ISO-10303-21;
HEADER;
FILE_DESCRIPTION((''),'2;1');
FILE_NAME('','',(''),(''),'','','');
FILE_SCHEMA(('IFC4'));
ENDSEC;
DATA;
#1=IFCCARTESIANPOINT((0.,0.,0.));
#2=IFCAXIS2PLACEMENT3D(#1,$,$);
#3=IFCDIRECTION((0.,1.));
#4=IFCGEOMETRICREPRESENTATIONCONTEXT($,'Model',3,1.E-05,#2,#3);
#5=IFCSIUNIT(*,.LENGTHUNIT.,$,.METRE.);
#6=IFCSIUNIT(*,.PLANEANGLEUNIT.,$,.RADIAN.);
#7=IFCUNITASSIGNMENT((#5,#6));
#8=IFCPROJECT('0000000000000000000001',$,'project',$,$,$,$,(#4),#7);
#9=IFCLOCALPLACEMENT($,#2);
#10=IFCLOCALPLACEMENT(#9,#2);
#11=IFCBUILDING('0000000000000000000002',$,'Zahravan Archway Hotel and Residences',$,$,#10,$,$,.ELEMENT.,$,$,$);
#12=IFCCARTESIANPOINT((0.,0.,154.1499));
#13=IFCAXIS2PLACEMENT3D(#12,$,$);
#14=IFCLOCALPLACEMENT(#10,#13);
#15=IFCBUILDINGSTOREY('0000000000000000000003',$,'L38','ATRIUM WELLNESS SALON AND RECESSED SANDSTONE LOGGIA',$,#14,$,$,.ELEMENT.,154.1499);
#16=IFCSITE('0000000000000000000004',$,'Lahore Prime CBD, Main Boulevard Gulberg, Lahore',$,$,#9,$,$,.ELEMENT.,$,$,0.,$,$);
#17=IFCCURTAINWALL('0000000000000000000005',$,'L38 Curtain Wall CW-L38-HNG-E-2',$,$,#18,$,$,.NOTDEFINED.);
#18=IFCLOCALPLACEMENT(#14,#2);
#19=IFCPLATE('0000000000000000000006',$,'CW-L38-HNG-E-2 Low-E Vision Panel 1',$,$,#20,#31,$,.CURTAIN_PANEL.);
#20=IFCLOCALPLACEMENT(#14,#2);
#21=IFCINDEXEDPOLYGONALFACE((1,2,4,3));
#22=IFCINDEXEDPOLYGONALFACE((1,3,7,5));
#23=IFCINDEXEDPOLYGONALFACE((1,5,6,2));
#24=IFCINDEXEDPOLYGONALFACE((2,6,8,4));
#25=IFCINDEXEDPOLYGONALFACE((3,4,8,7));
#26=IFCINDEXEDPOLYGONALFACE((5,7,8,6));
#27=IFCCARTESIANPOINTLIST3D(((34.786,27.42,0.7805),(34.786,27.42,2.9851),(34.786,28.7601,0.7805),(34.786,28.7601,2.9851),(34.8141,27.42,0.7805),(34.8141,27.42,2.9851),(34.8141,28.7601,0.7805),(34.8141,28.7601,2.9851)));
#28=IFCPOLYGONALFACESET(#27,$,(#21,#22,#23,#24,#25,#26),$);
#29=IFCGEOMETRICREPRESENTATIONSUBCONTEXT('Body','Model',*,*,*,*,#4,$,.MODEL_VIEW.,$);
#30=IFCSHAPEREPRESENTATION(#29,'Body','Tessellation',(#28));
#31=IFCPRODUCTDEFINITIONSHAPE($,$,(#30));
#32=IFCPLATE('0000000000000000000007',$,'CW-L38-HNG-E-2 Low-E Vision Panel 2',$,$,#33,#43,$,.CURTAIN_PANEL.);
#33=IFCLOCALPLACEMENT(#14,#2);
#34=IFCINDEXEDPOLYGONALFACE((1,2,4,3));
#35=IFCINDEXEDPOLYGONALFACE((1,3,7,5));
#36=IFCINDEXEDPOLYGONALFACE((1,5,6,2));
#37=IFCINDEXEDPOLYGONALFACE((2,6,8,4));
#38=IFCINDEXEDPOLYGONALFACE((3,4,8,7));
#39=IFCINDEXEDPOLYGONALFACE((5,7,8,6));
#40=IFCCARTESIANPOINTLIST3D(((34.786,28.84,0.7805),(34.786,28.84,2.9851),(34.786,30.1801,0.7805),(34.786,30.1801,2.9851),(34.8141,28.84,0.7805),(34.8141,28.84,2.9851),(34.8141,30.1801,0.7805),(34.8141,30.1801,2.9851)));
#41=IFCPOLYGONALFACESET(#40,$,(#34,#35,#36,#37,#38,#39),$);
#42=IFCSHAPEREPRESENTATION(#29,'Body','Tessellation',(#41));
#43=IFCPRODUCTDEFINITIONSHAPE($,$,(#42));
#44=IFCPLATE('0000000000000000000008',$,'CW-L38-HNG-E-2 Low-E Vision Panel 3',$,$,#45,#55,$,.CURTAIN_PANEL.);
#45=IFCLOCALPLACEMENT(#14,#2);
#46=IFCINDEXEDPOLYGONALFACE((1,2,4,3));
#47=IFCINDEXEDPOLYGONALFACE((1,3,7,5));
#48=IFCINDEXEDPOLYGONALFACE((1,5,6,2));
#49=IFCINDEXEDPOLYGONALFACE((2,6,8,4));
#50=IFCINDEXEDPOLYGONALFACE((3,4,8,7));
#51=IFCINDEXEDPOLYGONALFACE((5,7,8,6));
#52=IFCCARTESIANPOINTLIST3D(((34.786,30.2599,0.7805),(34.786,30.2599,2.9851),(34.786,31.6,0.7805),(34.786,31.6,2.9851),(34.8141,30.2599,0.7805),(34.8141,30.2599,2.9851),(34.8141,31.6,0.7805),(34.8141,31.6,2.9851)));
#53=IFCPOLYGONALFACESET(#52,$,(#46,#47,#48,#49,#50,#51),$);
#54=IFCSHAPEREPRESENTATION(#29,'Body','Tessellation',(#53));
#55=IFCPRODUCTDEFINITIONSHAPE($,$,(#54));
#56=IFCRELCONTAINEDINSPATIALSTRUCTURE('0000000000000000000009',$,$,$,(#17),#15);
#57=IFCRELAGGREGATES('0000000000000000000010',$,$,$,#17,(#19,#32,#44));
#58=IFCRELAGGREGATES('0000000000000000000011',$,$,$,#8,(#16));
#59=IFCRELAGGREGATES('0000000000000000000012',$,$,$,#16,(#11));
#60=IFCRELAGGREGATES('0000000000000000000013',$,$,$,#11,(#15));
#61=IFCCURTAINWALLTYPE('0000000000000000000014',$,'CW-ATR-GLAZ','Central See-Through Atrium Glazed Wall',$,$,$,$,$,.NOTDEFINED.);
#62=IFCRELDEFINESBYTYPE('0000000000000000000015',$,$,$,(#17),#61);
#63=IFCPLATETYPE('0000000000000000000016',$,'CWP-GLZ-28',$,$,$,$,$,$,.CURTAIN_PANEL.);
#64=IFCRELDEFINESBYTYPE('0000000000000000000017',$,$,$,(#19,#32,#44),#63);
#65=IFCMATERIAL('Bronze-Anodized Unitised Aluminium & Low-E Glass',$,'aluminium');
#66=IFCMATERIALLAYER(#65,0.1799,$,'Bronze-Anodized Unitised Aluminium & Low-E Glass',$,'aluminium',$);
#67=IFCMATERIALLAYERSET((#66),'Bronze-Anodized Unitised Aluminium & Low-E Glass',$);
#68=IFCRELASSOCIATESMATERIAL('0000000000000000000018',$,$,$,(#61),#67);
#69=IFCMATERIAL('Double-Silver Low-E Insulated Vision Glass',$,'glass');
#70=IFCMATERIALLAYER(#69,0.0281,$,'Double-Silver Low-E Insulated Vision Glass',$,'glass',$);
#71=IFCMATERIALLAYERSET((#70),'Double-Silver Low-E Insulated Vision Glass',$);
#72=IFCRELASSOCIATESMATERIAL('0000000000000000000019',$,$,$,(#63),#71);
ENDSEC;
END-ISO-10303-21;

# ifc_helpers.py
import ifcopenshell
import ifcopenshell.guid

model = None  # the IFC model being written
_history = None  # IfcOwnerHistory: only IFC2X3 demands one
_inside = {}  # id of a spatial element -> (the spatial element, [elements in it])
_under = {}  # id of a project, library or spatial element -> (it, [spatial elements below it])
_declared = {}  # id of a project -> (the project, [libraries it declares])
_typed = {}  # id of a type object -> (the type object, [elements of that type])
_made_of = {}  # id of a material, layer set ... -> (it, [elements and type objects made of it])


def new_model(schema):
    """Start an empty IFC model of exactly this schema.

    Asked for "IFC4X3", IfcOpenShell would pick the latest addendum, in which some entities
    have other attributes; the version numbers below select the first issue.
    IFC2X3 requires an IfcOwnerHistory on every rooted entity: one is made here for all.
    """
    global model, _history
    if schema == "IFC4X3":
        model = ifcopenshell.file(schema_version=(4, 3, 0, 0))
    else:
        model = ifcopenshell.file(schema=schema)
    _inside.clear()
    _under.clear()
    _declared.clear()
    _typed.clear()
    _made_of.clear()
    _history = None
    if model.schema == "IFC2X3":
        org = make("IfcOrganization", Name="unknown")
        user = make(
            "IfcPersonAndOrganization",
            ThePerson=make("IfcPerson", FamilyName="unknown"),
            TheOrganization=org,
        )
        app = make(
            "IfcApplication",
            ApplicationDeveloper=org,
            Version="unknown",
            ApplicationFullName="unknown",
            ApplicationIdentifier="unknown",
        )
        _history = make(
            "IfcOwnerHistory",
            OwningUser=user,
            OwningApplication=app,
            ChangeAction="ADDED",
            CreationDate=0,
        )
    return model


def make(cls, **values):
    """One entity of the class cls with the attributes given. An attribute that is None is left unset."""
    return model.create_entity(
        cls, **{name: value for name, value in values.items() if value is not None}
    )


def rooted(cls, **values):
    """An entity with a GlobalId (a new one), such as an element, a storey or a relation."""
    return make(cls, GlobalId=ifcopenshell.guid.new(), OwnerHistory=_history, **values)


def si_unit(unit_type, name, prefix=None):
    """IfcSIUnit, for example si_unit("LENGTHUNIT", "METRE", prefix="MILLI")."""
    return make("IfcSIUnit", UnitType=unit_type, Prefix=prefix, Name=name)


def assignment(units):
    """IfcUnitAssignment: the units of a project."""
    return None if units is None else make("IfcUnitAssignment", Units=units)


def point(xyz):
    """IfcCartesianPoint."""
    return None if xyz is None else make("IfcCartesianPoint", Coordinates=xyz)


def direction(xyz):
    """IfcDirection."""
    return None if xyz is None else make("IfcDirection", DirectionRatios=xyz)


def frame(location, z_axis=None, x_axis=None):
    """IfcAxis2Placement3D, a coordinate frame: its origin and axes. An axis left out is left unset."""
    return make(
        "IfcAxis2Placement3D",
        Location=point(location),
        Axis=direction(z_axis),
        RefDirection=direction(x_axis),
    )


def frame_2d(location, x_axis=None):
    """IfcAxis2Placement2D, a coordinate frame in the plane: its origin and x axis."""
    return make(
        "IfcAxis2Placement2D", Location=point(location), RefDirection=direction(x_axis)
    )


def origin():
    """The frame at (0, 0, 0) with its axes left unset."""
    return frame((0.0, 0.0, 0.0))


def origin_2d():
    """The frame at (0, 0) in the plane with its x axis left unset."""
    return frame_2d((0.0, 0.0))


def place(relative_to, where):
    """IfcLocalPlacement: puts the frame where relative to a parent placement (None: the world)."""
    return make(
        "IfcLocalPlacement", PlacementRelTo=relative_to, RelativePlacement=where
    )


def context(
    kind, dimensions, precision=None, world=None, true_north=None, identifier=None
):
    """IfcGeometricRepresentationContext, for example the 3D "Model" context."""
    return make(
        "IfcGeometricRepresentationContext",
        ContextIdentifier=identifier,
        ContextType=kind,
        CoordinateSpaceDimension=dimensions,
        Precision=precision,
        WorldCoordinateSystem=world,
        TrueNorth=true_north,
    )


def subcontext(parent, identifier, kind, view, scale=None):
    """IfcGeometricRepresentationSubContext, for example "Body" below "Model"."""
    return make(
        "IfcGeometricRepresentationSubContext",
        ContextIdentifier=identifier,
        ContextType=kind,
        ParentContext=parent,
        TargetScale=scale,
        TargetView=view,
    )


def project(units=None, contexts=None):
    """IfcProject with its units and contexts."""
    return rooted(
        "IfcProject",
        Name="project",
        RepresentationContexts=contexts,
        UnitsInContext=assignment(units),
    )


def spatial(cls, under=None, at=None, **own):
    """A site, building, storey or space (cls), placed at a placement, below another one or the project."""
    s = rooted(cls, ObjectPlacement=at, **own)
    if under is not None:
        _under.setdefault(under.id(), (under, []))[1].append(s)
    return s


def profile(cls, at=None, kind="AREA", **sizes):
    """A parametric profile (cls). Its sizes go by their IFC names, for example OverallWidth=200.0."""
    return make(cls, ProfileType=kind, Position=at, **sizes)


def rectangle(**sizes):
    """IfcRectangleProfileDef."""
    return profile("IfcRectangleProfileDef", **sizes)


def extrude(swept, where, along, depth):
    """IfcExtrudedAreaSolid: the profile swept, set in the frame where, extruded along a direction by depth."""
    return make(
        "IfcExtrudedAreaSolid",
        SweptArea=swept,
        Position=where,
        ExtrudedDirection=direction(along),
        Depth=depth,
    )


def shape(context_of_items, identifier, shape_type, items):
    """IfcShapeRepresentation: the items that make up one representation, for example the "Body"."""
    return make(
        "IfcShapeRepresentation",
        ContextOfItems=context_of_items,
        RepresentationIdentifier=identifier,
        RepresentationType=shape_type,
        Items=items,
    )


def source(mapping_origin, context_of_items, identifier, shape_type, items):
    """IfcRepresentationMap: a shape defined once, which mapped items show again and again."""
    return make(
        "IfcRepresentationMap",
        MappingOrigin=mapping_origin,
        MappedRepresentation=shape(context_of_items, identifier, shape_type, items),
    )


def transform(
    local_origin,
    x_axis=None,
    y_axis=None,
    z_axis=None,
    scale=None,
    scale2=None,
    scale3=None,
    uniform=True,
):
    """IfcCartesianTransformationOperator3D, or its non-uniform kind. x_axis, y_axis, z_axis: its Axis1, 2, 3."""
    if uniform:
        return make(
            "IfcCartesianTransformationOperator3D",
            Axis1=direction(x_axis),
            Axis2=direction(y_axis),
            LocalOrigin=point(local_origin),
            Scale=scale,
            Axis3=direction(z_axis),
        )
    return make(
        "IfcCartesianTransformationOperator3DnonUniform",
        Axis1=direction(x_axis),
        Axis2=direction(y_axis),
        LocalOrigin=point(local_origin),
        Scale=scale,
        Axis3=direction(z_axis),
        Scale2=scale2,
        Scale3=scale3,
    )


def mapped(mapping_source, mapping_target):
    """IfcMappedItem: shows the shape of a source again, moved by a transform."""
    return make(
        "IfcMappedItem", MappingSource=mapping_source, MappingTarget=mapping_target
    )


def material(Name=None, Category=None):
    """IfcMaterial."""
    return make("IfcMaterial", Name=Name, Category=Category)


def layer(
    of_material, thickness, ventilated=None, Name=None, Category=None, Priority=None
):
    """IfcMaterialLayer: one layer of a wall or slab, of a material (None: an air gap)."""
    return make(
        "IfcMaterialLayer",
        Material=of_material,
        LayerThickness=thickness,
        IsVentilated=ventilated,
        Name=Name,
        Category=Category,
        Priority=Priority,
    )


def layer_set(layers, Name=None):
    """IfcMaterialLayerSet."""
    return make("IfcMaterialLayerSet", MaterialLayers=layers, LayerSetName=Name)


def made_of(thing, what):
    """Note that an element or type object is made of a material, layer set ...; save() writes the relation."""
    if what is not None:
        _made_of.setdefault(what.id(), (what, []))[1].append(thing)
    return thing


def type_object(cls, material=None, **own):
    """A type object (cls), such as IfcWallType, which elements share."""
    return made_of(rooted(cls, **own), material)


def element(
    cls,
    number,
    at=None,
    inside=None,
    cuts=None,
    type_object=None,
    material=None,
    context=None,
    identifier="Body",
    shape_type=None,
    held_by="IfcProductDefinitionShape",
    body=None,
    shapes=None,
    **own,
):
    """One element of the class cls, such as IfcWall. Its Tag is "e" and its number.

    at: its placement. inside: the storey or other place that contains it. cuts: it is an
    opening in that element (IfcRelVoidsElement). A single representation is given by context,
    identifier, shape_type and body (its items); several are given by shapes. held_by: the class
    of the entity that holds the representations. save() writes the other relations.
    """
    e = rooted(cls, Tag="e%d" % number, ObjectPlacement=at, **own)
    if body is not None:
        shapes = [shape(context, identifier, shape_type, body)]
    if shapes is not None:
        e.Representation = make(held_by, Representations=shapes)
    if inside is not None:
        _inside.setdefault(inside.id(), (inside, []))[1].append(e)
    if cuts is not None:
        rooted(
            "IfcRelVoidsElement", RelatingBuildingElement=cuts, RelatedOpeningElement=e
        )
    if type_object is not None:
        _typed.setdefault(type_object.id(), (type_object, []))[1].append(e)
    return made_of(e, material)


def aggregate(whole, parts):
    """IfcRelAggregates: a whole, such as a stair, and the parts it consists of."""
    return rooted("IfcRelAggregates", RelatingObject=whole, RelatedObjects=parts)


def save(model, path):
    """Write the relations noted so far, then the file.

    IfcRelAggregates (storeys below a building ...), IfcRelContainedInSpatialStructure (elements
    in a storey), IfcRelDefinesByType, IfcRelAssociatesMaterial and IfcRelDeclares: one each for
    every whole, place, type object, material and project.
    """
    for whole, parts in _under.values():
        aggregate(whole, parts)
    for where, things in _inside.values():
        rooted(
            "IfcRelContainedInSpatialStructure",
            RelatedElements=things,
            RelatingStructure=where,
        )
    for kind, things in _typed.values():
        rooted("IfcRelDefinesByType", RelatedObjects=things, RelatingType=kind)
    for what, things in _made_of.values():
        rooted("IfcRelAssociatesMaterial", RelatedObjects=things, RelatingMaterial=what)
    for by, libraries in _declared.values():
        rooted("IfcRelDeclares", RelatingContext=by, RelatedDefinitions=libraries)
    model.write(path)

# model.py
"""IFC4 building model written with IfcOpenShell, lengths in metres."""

from ifc_helpers import new_model, si_unit, direction, frame, origin, origin_2d, place, context, subcontext, project, spatial, rectangle, extrude, source, transform, mapped, material, layer, layer_set, type_object, element, aggregate, save


model = new_model("IFC4")

# Units and contexts
model_context = context("Model", 3, precision=1e-05, world=origin(), true_north=direction((0.0, 1.0)))
body_context = subcontext(model_context, "Body", "Model", "MODEL_VIEW")
ifc_project = project(units=[si_unit("LENGTHUNIT", "METRE"), si_unit("PLANEANGLEUNIT", "RADIAN")], contexts=[model_context])

# Site, building, storey
site_placement = place(None, origin())
site = spatial("IfcSite", under=ifc_project, at=site_placement, Name="Lahore Prime CBD, Main Boulevard Gulberg, Lahore", CompositionType="ELEMENT", RefElevation=0.0)
building_placement = place(site_placement, origin())
building = spatial("IfcBuilding", under=site, at=building_placement, Name="Zahravan Archway Hotel and Residences", CompositionType="ELEMENT")
storey_placement = place(building_placement, frame((0.0, 0.0, 154.1499)))
storey = spatial("IfcBuildingStorey", under=building, at=storey_placement, Name="L38", Description="ATRIUM WELLNESS SALON AND RECESSED SANDSTONE LOGGIA", CompositionType="ELEMENT", Elevation=154.1499)

# Curtain wall, plates
ifc_material_1 = material(Name="Bronze-Anodized Unitised Aluminium & Low-E Glass", Category="aluminium")
ifc_layer_1 = layer(ifc_material_1, 0.1799, Name="Bronze-Anodized Unitised Aluminium & Low-E Glass", Category="aluminium")
ifc_layer_set_1 = layer_set([ifc_layer_1], Name="Bronze-Anodized Unitised Aluminium & Low-E Glass")
curtain_wall_type = type_object("IfcCurtainWallType", Name="CW-ATR-GLAZ", Description="Central See-Through Atrium Glazed Wall", PredefinedType="NOTDEFINED", material=ifc_layer_set_1)
curtain_wall_placement = place(storey_placement, origin())
curtain_wall = element("IfcCurtainWall", 1, at=curtain_wall_placement, inside=storey, type_object=curtain_wall_type, Name="L38 Curtain Wall CW-L38-HNG-E-2", PredefinedType="NOTDEFINED")
ifc_material_2 = material(Name="Double-Silver Low-E Insulated Vision Glass", Category="glass")
ifc_layer_2 = layer(ifc_material_2, 0.0281, Name="Double-Silver Low-E Insulated Vision Glass", Category="glass")
ifc_layer_set_2 = layer_set([ifc_layer_2], Name="Double-Silver Low-E Insulated Vision Glass")
plate_type_1 = type_object("IfcPlateType", Name="CWP-GLZ-28", PredefinedType="CURTAIN_PANEL", material=ifc_layer_set_2)
shared_shape_1 = source(origin(), body_context, "Body", "SweptSolid", [
    extrude(rectangle(XDim=1.3401, YDim=0.0281, at=origin_2d()), origin(), (0.0, 0.0, 1.0), 2.2046),
])
plate_1_placement = place(storey_placement, frame((34.8, 28.0901, 0.7805), z_axis=(0.0, 0.0, 1.0), x_axis=(0.0, 1.0, 0.0)))
plate_1 = element("IfcPlate", 2, at=plate_1_placement, type_object=plate_type_1, Name="CW-L38-HNG-E-2 Low-E Vision Panel 1", PredefinedType="CURTAIN_PANEL", context=body_context, shape_type="MappedRepresentation", body=[
    mapped(shared_shape_1, transform((0.0, 0.0, 0.0), scale=1.0)),
])
plate_2_placement = place(storey_placement, frame((34.8, 29.51, 0.7805), z_axis=(0.0, 0.0, 1.0), x_axis=(0.0, 1.0, 0.0)))
plate_2 = element("IfcPlate", 3, at=plate_2_placement, type_object=plate_type_1, Name="CW-L38-HNG-E-2 Low-E Vision Panel 2", PredefinedType="CURTAIN_PANEL", context=body_context, shape_type="MappedRepresentation", body=[
    mapped(shared_shape_1, transform((0.0, 0.0, 0.0), scale=1.0)),
])
plate_3_placement = place(storey_placement, frame((34.8, 30.9299, 0.7805), z_axis=(0.0, 0.0, 1.0), x_axis=(0.0, 1.0, 0.0)))
plate_3 = element("IfcPlate", 4, at=plate_3_placement, type_object=plate_type_1, Name="CW-L38-HNG-E-2 Low-E Vision Panel 3", PredefinedType="CURTAIN_PANEL", context=body_context, shape_type="MappedRepresentation", body=[
    mapped(shared_shape_1, transform((0.0, 0.0, 0.0), scale=1.0)),
])
aggregate(curtain_wall, [plate_1, plate_2, plate_3])

save(model, "model.ifc")
